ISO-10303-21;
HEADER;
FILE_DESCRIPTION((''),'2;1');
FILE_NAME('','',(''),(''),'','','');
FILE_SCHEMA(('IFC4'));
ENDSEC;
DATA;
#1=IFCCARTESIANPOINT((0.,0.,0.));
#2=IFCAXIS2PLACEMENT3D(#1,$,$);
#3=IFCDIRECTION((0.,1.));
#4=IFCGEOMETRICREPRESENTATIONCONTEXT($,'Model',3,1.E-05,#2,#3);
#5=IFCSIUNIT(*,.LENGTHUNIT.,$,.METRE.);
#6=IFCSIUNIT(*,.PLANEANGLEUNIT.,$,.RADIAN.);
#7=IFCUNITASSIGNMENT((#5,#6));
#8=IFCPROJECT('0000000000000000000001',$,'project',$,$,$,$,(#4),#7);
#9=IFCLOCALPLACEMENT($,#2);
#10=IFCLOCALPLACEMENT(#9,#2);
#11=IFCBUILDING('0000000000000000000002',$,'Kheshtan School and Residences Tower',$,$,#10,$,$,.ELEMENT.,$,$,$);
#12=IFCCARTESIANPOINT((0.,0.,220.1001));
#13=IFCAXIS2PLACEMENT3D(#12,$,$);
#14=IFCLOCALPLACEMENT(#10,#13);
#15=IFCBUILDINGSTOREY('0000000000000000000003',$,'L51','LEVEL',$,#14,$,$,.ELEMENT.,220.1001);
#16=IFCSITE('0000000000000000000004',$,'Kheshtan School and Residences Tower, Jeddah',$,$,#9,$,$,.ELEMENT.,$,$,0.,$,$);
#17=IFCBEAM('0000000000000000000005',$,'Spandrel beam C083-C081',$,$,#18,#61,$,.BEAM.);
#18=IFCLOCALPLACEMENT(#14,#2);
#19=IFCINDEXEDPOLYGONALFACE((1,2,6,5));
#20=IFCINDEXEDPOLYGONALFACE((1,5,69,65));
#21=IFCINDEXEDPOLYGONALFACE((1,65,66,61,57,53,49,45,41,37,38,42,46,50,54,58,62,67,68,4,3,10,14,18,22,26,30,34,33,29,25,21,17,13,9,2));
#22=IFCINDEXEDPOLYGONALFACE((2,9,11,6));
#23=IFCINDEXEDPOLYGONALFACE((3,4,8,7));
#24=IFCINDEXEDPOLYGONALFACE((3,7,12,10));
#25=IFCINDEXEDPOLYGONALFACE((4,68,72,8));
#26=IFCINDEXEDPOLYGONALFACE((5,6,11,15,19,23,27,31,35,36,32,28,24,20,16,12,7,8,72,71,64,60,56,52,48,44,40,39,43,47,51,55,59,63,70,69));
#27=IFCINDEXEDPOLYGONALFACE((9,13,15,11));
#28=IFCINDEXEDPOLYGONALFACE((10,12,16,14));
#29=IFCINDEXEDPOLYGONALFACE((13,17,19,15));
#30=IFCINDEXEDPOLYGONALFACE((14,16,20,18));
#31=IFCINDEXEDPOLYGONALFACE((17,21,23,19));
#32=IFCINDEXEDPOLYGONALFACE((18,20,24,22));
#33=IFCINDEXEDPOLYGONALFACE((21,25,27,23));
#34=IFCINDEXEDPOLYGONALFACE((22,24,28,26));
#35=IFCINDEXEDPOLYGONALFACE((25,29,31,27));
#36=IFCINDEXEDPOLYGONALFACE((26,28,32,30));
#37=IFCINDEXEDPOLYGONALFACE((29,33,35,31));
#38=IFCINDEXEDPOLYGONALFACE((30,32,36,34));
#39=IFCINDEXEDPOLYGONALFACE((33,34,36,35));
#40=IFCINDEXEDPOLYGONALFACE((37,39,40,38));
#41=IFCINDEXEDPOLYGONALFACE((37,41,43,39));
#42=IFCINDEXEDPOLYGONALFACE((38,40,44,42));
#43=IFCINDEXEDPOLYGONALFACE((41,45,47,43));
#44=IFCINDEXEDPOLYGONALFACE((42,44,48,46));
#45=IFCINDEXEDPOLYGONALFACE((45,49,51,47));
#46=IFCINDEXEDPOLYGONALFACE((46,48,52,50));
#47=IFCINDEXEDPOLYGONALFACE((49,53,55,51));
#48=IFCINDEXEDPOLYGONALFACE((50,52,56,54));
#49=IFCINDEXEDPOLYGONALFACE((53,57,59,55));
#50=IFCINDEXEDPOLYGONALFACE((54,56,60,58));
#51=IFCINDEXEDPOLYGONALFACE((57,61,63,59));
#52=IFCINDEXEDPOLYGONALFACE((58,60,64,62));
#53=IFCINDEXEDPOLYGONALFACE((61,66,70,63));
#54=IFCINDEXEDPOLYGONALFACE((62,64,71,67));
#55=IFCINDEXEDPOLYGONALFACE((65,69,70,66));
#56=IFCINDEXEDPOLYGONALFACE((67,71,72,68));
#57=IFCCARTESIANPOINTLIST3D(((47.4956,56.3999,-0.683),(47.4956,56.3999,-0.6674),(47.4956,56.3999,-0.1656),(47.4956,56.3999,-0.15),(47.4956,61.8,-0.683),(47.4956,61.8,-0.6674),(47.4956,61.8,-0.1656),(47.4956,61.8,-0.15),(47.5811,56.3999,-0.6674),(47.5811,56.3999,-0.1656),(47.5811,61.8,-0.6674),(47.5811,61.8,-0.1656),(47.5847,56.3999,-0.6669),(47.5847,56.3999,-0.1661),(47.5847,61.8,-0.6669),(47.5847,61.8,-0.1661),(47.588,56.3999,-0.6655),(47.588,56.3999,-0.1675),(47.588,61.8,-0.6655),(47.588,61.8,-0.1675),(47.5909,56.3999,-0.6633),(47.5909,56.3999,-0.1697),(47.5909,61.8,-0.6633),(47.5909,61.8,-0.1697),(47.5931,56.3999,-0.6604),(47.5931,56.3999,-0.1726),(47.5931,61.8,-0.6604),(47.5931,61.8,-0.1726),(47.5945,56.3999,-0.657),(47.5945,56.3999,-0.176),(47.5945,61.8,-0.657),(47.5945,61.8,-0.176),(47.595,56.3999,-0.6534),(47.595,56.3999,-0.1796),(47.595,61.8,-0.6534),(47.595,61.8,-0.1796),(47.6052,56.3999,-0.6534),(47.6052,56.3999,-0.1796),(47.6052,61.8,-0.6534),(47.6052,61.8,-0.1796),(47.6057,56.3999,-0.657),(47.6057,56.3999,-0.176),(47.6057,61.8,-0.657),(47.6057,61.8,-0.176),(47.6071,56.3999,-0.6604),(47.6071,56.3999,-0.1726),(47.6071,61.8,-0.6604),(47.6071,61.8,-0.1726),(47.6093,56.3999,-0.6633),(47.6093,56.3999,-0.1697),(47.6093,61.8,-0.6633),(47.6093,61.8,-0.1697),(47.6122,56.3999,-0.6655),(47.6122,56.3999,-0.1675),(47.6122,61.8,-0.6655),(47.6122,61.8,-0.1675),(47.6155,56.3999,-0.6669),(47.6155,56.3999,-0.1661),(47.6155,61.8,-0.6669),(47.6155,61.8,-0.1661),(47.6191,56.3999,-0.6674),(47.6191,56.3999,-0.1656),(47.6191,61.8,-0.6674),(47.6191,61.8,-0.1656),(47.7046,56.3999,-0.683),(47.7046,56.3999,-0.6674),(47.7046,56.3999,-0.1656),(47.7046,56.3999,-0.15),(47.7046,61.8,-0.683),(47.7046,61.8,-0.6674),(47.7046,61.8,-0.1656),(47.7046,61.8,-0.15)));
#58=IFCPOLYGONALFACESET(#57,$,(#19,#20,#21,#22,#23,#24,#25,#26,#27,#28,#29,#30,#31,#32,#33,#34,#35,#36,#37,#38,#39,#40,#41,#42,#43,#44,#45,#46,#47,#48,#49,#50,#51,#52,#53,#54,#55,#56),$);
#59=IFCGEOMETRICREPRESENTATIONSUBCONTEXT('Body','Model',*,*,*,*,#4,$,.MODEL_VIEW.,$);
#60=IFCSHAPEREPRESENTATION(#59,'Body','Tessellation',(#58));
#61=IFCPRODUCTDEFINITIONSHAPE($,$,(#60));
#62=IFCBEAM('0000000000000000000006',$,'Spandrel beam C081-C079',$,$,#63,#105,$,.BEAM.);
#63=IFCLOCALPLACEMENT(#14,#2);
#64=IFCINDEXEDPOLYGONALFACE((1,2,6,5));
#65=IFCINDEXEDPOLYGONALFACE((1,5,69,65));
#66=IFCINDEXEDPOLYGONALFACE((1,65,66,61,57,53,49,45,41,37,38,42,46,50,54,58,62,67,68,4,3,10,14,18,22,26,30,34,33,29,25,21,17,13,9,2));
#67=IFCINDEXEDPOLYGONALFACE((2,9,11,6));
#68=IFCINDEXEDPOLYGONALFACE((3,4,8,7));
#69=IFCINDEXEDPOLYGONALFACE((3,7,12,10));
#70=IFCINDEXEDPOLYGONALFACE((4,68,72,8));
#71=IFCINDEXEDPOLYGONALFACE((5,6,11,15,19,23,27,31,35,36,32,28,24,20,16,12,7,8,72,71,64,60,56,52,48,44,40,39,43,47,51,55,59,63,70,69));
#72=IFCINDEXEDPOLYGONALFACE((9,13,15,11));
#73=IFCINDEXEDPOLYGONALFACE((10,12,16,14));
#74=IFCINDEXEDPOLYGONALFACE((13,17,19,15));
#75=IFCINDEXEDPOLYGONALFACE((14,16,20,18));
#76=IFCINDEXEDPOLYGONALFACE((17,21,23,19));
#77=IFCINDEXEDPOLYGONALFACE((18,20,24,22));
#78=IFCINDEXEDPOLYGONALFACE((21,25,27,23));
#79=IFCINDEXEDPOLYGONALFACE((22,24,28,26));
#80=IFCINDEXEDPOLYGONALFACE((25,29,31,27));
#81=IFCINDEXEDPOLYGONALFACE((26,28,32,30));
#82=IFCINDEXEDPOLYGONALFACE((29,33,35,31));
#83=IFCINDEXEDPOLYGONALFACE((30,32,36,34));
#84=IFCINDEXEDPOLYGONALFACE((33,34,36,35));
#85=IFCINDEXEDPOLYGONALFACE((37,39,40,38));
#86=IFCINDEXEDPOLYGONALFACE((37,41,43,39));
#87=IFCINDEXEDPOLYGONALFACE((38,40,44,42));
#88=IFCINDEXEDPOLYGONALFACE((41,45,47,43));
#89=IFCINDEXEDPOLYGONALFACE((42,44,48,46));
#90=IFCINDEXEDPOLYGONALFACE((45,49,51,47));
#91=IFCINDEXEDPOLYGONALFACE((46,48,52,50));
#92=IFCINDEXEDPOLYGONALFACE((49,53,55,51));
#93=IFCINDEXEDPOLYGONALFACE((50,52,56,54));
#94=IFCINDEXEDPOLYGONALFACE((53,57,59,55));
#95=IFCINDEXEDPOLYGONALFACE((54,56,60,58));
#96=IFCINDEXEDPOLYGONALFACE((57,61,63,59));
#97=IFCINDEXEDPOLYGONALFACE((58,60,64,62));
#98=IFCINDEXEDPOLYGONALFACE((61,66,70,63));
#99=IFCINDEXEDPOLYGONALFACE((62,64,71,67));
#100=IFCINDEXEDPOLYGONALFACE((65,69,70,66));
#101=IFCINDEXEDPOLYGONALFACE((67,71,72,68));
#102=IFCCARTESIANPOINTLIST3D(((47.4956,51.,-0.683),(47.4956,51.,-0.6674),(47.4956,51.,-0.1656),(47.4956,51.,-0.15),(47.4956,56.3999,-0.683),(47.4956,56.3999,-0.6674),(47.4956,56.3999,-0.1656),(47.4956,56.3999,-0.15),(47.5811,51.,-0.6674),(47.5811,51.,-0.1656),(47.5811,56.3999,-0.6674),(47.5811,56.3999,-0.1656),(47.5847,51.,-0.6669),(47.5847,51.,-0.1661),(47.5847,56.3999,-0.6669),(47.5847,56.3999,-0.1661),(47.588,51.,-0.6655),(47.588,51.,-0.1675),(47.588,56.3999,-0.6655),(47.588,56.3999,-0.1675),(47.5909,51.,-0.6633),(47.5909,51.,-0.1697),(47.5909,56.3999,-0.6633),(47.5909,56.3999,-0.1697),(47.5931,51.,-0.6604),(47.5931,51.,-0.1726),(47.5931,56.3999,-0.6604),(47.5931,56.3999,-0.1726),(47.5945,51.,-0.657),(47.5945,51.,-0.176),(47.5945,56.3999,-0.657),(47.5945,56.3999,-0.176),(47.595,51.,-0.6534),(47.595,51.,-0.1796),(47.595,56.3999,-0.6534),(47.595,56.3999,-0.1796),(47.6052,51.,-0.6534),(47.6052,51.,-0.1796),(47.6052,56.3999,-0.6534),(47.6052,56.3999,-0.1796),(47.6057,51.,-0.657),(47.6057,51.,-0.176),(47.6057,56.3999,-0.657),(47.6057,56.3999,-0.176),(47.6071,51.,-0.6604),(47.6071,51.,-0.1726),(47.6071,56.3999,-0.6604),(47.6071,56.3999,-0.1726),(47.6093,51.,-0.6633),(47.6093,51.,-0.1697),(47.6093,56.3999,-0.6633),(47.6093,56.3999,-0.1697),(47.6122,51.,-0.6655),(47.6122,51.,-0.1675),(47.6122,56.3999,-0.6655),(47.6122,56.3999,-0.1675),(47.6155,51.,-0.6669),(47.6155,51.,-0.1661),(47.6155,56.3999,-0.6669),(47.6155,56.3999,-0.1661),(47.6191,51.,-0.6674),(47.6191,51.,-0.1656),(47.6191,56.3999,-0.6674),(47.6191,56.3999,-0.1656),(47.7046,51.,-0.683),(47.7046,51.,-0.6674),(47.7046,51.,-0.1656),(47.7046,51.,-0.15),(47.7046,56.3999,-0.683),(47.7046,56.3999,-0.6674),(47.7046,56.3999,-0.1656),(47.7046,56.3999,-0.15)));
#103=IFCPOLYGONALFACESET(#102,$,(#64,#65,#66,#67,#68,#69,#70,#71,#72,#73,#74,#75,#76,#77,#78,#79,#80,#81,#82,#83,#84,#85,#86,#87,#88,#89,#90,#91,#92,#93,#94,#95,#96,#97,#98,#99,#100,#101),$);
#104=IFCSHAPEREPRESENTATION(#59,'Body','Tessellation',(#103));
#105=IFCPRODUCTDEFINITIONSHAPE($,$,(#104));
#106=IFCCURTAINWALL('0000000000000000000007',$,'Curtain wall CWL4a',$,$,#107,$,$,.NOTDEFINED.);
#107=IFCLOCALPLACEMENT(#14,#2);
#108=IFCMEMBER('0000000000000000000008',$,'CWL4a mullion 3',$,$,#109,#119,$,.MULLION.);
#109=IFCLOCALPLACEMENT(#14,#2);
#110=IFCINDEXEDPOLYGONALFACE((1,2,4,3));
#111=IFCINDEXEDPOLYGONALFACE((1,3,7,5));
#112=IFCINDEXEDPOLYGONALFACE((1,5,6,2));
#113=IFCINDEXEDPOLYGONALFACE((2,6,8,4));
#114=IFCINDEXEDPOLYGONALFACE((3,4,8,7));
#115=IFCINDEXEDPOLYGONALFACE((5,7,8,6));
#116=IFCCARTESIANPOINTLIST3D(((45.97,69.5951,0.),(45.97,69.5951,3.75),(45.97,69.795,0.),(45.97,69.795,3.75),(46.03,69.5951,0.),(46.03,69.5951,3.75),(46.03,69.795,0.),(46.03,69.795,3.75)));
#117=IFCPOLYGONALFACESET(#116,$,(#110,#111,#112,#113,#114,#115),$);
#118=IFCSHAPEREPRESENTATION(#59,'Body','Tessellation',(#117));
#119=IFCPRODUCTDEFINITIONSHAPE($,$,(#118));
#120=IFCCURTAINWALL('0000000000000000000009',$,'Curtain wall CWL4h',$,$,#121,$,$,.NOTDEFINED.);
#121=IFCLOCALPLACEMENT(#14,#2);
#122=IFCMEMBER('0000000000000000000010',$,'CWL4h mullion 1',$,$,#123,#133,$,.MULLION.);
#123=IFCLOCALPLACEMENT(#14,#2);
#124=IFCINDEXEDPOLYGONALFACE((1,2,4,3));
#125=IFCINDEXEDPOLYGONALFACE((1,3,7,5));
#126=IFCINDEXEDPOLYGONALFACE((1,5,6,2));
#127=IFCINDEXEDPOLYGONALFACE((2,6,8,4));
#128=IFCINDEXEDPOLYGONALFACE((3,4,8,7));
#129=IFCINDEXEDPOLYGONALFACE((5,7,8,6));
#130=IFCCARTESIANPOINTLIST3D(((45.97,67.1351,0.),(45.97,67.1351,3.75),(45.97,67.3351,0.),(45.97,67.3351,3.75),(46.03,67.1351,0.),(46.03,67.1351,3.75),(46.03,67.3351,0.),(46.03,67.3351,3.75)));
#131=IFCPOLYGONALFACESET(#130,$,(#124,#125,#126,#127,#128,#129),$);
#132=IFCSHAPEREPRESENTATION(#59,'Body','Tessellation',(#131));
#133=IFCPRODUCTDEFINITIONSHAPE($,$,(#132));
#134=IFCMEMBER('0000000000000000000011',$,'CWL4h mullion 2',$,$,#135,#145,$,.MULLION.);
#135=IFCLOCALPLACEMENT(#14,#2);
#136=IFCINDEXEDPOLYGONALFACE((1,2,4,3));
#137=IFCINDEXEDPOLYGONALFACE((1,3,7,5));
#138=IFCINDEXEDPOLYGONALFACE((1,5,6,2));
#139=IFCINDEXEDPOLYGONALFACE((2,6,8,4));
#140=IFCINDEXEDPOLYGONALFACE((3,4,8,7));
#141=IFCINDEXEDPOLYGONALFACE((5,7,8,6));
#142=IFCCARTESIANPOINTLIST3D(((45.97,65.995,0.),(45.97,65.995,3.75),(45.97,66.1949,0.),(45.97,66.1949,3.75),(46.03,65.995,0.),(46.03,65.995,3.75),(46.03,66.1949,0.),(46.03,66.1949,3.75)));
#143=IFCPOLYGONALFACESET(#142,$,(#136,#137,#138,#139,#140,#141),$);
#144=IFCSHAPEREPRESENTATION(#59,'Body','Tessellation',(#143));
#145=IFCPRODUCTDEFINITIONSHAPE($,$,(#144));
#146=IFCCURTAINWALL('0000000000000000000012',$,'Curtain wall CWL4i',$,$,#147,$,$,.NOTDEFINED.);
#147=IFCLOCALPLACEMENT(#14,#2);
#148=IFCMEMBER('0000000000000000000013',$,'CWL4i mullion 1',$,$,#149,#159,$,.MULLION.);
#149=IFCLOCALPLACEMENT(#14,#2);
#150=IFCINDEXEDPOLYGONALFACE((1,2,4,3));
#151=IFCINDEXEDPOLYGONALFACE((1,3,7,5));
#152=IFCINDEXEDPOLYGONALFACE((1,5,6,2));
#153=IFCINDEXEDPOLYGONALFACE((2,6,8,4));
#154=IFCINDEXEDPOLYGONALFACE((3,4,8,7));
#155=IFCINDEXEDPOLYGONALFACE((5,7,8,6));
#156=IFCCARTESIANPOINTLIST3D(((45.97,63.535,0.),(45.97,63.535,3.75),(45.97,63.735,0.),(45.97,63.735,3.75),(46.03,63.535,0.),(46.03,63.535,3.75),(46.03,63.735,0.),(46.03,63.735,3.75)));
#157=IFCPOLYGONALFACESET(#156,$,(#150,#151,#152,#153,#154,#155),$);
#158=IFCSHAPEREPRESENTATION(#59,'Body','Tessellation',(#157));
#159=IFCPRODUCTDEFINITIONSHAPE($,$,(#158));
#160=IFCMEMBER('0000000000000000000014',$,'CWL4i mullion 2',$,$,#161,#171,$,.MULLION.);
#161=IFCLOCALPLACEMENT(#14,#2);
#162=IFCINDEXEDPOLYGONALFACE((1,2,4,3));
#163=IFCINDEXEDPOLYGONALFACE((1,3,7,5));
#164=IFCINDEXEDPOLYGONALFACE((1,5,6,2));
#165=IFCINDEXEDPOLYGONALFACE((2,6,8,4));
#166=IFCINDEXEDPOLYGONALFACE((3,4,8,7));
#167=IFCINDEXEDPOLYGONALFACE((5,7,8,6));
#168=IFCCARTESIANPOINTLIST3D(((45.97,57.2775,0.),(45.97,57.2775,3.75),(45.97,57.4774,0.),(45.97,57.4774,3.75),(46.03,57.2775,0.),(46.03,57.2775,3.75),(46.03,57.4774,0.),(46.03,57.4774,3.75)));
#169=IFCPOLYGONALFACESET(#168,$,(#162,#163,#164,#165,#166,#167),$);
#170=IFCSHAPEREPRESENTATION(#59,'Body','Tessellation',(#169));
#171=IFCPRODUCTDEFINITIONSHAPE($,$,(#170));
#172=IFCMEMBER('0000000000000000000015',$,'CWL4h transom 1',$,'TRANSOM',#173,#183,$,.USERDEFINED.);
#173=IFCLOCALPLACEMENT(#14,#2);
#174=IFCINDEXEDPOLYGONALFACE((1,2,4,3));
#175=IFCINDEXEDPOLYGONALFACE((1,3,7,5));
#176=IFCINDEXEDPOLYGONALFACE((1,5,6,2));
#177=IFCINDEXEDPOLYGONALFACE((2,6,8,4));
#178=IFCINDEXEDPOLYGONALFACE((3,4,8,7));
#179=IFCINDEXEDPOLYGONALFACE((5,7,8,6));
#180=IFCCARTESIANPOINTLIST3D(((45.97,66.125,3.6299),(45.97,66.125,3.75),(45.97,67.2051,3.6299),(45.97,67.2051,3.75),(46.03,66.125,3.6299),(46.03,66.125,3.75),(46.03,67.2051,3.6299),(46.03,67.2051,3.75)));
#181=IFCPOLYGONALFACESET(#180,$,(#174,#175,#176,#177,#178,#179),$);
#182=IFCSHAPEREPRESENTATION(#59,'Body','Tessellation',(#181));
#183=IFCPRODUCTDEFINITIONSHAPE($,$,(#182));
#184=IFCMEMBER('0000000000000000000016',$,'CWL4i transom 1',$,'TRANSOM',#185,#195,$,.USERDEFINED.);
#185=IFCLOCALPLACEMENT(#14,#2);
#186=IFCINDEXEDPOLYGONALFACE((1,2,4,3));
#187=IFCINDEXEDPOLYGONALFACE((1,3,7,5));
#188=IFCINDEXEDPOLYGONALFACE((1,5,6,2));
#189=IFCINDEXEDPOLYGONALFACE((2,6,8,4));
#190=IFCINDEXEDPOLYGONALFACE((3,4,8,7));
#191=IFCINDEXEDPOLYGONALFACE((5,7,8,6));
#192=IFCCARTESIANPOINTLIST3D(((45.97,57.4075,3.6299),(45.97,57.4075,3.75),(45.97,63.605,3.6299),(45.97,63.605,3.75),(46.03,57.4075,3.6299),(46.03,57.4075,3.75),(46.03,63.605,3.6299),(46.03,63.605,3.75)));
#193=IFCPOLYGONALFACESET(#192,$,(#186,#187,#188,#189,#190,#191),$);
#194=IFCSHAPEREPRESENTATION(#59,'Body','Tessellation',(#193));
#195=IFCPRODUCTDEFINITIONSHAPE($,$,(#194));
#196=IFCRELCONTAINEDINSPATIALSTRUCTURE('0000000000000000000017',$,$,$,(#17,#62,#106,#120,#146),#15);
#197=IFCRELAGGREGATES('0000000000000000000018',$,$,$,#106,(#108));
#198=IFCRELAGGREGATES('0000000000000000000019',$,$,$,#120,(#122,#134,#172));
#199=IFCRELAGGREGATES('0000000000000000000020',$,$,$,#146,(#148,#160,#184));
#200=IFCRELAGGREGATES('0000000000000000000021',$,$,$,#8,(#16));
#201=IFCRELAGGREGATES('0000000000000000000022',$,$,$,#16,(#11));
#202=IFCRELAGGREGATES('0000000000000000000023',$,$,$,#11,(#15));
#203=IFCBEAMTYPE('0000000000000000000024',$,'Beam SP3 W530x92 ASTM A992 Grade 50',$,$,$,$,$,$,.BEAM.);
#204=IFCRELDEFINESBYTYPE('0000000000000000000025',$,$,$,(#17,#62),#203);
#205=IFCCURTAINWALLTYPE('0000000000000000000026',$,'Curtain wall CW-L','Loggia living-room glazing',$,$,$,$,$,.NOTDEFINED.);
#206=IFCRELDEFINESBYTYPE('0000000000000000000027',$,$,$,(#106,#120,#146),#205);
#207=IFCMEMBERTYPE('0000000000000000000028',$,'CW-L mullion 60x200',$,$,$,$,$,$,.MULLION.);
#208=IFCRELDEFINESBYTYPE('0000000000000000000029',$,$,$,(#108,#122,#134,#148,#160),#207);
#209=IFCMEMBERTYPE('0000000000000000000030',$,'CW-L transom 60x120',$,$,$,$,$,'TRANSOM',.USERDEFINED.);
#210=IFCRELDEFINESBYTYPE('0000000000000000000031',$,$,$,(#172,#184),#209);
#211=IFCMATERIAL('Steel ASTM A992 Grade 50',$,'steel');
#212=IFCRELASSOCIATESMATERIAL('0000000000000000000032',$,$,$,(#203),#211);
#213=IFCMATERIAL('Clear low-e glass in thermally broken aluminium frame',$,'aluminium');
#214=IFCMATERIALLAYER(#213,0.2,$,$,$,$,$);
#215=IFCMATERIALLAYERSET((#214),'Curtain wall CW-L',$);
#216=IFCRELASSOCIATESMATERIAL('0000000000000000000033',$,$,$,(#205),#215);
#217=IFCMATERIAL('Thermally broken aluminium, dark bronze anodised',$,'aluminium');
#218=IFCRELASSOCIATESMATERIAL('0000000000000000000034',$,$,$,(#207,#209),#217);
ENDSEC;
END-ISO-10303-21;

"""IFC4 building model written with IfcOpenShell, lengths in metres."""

from ifc_helpers import new_model, si_unit, direction, frame, origin, origin_2d, place, context, subcontext, project, spatial, rectangle, i_section, extrude, material, layer, layer_set, material_profile, profile_set, type_object, element, aggregate, save


model = new_model("IFC4")

# Units and contexts
model_context = context("Model", 3, precision=1e-05, world=origin(), true_north=direction((0.0, 1.0)))
body_context = subcontext(model_context, "Body", "Model", "MODEL_VIEW")
ifc_project = project(units=[si_unit("LENGTHUNIT", "METRE"), si_unit("PLANEANGLEUNIT", "RADIAN")], contexts=[model_context])

# Site, building, storey
site_placement = place(None, origin())
site = spatial("IfcSite", under=ifc_project, at=site_placement, Name="Kheshtan School and Residences Tower, Jeddah", CompositionType="ELEMENT", RefElevation=0.0)
building_placement = place(site_placement, origin())
building = spatial("IfcBuilding", under=site, at=building_placement, Name="Kheshtan School and Residences Tower", CompositionType="ELEMENT")
storey_placement = place(building_placement, frame((0.0, 0.0, 220.1001)))
storey = spatial("IfcBuildingStorey", under=building, at=storey_placement, Name="L51", Description="LEVEL", CompositionType="ELEMENT", Elevation=220.1001)

# Shared definitions
ifc_material_1 = material(Name="Steel ASTM A992 Grade 50", Category="steel")

# Beams
ifc_material_profile_1 = material_profile(ifc_material_1, i_section(OverallWidth=0.209, OverallDepth=0.533, WebThickness=0.0103, FlangeThickness=0.0156, FilletRadius=0.0139, at=origin_2d()), Name="W530x92")
ifc_profile_set_1 = profile_set([ifc_material_profile_1], Name="Steel ASTM A992 Grade 50")
beam_type_1 = type_object("IfcBeamType", Name="Beam SP3 W530x92 ASTM A992 Grade 50", PredefinedType="BEAM", material=ifc_profile_set_1)
beam_1_placement = place(storey_placement, frame((47.6001, 61.8, -0.4165), z_axis=(0.0, -1.0, 0.0), x_axis=(1.0, 0.0, 0.0)))
element("IfcBeam", 1, at=beam_1_placement, inside=storey, type_object=beam_type_1, Name="Spandrel beam C083-C081", PredefinedType="BEAM", context=body_context, shape_type="SweptSolid", body=[
    extrude(i_section(OverallWidth=0.209, OverallDepth=0.533, WebThickness=0.0103, FlangeThickness=0.0156, FilletRadius=0.0139, at=origin_2d()), origin(), (0.0, 0.0, 1.0), 5.4001),
])
beam_2_placement = place(storey_placement, frame((47.6001, 56.3999, -0.4165), z_axis=(0.0, -1.0, 0.0), x_axis=(1.0, 0.0, 0.0)))
element("IfcBeam", 2, at=beam_2_placement, inside=storey, type_object=beam_type_1, Name="Spandrel beam C081-C079", PredefinedType="BEAM", context=body_context, shape_type="SweptSolid", body=[
    extrude(i_section(OverallWidth=0.209, OverallDepth=0.533, WebThickness=0.0103, FlangeThickness=0.0156, FilletRadius=0.0139, at=origin_2d()), origin(), (0.0, 0.0, 1.0), 5.3999),
])

# Curtain wall, member
ifc_material_2 = material(Name="Clear low-e glass in thermally broken aluminium frame", Category="aluminium")
ifc_layer_1 = layer(ifc_material_2, 0.2)
ifc_layer_set_1 = layer_set([ifc_layer_1], Name="Curtain wall CW-L")
curtain_wall_type = type_object("IfcCurtainWallType", Name="Curtain wall CW-L", Description="Loggia living-room glazing", PredefinedType="NOTDEFINED", material=ifc_layer_set_1)
curtain_wall_1_placement = place(storey_placement, origin())
curtain_wall_1 = element("IfcCurtainWall", 3, at=curtain_wall_1_placement, inside=storey, type_object=curtain_wall_type, Name="Curtain wall CWL4a", PredefinedType="NOTDEFINED")
ifc_material_3 = material(Name="Thermally broken aluminium, dark bronze anodised", Category="aluminium")
ifc_material_profile_2 = material_profile(ifc_material_3, rectangle(XDim=0.0601, YDim=0.2, at=origin_2d()), Name="CW-L mullion 60x200")
ifc_profile_set_2 = profile_set([ifc_material_profile_2], Name="Thermally broken aluminium, dark bronze anodised")
member_type_1 = type_object("IfcMemberType", Name="CW-L mullion 60x200", PredefinedType="MULLION", material=ifc_profile_set_2)
member_1_placement = place(storey_placement, frame((46.0, 69.6951, 0.0), z_axis=(0.0, 0.0, 1.0), x_axis=(1.0, 0.0, 0.0)))
member_1 = element("IfcMember", 4, at=member_1_placement, type_object=member_type_1, Name="CWL4a mullion 3", PredefinedType="MULLION", context=body_context, shape_type="SweptSolid", body=[
    extrude(rectangle(XDim=0.0601, YDim=0.2, at=origin_2d()), origin(), (0.0, 0.0, 1.0), 3.75),
])

# Curtain walls, members
curtain_wall_2_placement = place(storey_placement, origin())
curtain_wall_2 = element("IfcCurtainWall", 5, at=curtain_wall_2_placement, inside=storey, type_object=curtain_wall_type, Name="Curtain wall CWL4h", PredefinedType="NOTDEFINED")
member_2_placement = place(storey_placement, frame((46.0, 67.2351, 0.0), z_axis=(0.0, 0.0, 1.0), x_axis=(1.0, 0.0, 0.0)))
member_2 = element("IfcMember", 6, at=member_2_placement, type_object=member_type_1, Name="CWL4h mullion 1", PredefinedType="MULLION", context=body_context, shape_type="SweptSolid", body=[
    extrude(rectangle(XDim=0.0601, YDim=0.2, at=origin_2d()), origin(), (0.0, 0.0, 1.0), 3.75),
])
member_3_placement = place(storey_placement, frame((46.0, 66.095, 0.0), z_axis=(0.0, 0.0, 1.0), x_axis=(1.0, 0.0, 0.0)))
member_3 = element("IfcMember", 7, at=member_3_placement, type_object=member_type_1, Name="CWL4h mullion 2", PredefinedType="MULLION", context=body_context, shape_type="SweptSolid", body=[
    extrude(rectangle(XDim=0.0601, YDim=0.2, at=origin_2d()), origin(), (0.0, 0.0, 1.0), 3.75),
])
curtain_wall_3_placement = place(storey_placement, origin())
curtain_wall_3 = element("IfcCurtainWall", 8, at=curtain_wall_3_placement, inside=storey, type_object=curtain_wall_type, Name="Curtain wall CWL4i", PredefinedType="NOTDEFINED")
member_4_placement = place(storey_placement, frame((46.0, 63.635, 0.0), z_axis=(0.0, 0.0, 1.0), x_axis=(1.0, 0.0, 0.0)))
member_4 = element("IfcMember", 9, at=member_4_placement, type_object=member_type_1, Name="CWL4i mullion 1", PredefinedType="MULLION", context=body_context, shape_type="SweptSolid", body=[
    extrude(rectangle(XDim=0.0601, YDim=0.2, at=origin_2d()), origin(), (0.0, 0.0, 1.0), 3.75),
])
member_5_placement = place(storey_placement, frame((46.0, 57.3774, 0.0), z_axis=(0.0, 0.0, 1.0), x_axis=(1.0, 0.0, 0.0)))
member_5 = element("IfcMember", 10, at=member_5_placement, type_object=member_type_1, Name="CWL4i mullion 2", PredefinedType="MULLION", context=body_context, shape_type="SweptSolid", body=[
    extrude(rectangle(XDim=0.0601, YDim=0.2, at=origin_2d()), origin(), (0.0, 0.0, 1.0), 3.75),
])

# Members
ifc_material_profile_3 = material_profile(ifc_material_3, rectangle(XDim=0.0601, YDim=0.1201, at=origin_2d()), Name="CW-L transom 60x120")
ifc_profile_set_3 = profile_set([ifc_material_profile_3], Name="Thermally broken aluminium, dark bronze anodised")
member_type_2 = type_object("IfcMemberType", Name="CW-L transom 60x120", ElementType="TRANSOM", PredefinedType="USERDEFINED", material=ifc_profile_set_3)
member_6_placement = place(storey_placement, frame((46.0, 67.2051, 3.6899), z_axis=(0.0, -1.0, 0.0), x_axis=(1.0, 0.0, 0.0)))
member_6 = element("IfcMember", 11, at=member_6_placement, type_object=member_type_2, Name="CWL4h transom 1", ObjectType="TRANSOM", PredefinedType="USERDEFINED", context=body_context, shape_type="SweptSolid", body=[
    extrude(rectangle(XDim=0.0601, YDim=0.1201, at=origin_2d()), origin(), (0.0, 0.0, 1.0), 1.0801),
])
member_7_placement = place(storey_placement, frame((46.0, 63.605, 3.6899), z_axis=(0.0, -1.0, 0.0), x_axis=(1.0, 0.0, 0.0)))
member_7 = element("IfcMember", 12, at=member_7_placement, type_object=member_type_2, Name="CWL4i transom 1", ObjectType="TRANSOM", PredefinedType="USERDEFINED", context=body_context, shape_type="SweptSolid", body=[
    extrude(rectangle(XDim=0.0601, YDim=0.1201, at=origin_2d()), origin(), (0.0, 0.0, 1.0), 6.1975),
])

aggregate(curtain_wall_1, [member_1])
aggregate(curtain_wall_2, [member_2, member_3, member_6])
aggregate(curtain_wall_3, [member_4, member_5, member_7])

save(model, "model.ifc")
